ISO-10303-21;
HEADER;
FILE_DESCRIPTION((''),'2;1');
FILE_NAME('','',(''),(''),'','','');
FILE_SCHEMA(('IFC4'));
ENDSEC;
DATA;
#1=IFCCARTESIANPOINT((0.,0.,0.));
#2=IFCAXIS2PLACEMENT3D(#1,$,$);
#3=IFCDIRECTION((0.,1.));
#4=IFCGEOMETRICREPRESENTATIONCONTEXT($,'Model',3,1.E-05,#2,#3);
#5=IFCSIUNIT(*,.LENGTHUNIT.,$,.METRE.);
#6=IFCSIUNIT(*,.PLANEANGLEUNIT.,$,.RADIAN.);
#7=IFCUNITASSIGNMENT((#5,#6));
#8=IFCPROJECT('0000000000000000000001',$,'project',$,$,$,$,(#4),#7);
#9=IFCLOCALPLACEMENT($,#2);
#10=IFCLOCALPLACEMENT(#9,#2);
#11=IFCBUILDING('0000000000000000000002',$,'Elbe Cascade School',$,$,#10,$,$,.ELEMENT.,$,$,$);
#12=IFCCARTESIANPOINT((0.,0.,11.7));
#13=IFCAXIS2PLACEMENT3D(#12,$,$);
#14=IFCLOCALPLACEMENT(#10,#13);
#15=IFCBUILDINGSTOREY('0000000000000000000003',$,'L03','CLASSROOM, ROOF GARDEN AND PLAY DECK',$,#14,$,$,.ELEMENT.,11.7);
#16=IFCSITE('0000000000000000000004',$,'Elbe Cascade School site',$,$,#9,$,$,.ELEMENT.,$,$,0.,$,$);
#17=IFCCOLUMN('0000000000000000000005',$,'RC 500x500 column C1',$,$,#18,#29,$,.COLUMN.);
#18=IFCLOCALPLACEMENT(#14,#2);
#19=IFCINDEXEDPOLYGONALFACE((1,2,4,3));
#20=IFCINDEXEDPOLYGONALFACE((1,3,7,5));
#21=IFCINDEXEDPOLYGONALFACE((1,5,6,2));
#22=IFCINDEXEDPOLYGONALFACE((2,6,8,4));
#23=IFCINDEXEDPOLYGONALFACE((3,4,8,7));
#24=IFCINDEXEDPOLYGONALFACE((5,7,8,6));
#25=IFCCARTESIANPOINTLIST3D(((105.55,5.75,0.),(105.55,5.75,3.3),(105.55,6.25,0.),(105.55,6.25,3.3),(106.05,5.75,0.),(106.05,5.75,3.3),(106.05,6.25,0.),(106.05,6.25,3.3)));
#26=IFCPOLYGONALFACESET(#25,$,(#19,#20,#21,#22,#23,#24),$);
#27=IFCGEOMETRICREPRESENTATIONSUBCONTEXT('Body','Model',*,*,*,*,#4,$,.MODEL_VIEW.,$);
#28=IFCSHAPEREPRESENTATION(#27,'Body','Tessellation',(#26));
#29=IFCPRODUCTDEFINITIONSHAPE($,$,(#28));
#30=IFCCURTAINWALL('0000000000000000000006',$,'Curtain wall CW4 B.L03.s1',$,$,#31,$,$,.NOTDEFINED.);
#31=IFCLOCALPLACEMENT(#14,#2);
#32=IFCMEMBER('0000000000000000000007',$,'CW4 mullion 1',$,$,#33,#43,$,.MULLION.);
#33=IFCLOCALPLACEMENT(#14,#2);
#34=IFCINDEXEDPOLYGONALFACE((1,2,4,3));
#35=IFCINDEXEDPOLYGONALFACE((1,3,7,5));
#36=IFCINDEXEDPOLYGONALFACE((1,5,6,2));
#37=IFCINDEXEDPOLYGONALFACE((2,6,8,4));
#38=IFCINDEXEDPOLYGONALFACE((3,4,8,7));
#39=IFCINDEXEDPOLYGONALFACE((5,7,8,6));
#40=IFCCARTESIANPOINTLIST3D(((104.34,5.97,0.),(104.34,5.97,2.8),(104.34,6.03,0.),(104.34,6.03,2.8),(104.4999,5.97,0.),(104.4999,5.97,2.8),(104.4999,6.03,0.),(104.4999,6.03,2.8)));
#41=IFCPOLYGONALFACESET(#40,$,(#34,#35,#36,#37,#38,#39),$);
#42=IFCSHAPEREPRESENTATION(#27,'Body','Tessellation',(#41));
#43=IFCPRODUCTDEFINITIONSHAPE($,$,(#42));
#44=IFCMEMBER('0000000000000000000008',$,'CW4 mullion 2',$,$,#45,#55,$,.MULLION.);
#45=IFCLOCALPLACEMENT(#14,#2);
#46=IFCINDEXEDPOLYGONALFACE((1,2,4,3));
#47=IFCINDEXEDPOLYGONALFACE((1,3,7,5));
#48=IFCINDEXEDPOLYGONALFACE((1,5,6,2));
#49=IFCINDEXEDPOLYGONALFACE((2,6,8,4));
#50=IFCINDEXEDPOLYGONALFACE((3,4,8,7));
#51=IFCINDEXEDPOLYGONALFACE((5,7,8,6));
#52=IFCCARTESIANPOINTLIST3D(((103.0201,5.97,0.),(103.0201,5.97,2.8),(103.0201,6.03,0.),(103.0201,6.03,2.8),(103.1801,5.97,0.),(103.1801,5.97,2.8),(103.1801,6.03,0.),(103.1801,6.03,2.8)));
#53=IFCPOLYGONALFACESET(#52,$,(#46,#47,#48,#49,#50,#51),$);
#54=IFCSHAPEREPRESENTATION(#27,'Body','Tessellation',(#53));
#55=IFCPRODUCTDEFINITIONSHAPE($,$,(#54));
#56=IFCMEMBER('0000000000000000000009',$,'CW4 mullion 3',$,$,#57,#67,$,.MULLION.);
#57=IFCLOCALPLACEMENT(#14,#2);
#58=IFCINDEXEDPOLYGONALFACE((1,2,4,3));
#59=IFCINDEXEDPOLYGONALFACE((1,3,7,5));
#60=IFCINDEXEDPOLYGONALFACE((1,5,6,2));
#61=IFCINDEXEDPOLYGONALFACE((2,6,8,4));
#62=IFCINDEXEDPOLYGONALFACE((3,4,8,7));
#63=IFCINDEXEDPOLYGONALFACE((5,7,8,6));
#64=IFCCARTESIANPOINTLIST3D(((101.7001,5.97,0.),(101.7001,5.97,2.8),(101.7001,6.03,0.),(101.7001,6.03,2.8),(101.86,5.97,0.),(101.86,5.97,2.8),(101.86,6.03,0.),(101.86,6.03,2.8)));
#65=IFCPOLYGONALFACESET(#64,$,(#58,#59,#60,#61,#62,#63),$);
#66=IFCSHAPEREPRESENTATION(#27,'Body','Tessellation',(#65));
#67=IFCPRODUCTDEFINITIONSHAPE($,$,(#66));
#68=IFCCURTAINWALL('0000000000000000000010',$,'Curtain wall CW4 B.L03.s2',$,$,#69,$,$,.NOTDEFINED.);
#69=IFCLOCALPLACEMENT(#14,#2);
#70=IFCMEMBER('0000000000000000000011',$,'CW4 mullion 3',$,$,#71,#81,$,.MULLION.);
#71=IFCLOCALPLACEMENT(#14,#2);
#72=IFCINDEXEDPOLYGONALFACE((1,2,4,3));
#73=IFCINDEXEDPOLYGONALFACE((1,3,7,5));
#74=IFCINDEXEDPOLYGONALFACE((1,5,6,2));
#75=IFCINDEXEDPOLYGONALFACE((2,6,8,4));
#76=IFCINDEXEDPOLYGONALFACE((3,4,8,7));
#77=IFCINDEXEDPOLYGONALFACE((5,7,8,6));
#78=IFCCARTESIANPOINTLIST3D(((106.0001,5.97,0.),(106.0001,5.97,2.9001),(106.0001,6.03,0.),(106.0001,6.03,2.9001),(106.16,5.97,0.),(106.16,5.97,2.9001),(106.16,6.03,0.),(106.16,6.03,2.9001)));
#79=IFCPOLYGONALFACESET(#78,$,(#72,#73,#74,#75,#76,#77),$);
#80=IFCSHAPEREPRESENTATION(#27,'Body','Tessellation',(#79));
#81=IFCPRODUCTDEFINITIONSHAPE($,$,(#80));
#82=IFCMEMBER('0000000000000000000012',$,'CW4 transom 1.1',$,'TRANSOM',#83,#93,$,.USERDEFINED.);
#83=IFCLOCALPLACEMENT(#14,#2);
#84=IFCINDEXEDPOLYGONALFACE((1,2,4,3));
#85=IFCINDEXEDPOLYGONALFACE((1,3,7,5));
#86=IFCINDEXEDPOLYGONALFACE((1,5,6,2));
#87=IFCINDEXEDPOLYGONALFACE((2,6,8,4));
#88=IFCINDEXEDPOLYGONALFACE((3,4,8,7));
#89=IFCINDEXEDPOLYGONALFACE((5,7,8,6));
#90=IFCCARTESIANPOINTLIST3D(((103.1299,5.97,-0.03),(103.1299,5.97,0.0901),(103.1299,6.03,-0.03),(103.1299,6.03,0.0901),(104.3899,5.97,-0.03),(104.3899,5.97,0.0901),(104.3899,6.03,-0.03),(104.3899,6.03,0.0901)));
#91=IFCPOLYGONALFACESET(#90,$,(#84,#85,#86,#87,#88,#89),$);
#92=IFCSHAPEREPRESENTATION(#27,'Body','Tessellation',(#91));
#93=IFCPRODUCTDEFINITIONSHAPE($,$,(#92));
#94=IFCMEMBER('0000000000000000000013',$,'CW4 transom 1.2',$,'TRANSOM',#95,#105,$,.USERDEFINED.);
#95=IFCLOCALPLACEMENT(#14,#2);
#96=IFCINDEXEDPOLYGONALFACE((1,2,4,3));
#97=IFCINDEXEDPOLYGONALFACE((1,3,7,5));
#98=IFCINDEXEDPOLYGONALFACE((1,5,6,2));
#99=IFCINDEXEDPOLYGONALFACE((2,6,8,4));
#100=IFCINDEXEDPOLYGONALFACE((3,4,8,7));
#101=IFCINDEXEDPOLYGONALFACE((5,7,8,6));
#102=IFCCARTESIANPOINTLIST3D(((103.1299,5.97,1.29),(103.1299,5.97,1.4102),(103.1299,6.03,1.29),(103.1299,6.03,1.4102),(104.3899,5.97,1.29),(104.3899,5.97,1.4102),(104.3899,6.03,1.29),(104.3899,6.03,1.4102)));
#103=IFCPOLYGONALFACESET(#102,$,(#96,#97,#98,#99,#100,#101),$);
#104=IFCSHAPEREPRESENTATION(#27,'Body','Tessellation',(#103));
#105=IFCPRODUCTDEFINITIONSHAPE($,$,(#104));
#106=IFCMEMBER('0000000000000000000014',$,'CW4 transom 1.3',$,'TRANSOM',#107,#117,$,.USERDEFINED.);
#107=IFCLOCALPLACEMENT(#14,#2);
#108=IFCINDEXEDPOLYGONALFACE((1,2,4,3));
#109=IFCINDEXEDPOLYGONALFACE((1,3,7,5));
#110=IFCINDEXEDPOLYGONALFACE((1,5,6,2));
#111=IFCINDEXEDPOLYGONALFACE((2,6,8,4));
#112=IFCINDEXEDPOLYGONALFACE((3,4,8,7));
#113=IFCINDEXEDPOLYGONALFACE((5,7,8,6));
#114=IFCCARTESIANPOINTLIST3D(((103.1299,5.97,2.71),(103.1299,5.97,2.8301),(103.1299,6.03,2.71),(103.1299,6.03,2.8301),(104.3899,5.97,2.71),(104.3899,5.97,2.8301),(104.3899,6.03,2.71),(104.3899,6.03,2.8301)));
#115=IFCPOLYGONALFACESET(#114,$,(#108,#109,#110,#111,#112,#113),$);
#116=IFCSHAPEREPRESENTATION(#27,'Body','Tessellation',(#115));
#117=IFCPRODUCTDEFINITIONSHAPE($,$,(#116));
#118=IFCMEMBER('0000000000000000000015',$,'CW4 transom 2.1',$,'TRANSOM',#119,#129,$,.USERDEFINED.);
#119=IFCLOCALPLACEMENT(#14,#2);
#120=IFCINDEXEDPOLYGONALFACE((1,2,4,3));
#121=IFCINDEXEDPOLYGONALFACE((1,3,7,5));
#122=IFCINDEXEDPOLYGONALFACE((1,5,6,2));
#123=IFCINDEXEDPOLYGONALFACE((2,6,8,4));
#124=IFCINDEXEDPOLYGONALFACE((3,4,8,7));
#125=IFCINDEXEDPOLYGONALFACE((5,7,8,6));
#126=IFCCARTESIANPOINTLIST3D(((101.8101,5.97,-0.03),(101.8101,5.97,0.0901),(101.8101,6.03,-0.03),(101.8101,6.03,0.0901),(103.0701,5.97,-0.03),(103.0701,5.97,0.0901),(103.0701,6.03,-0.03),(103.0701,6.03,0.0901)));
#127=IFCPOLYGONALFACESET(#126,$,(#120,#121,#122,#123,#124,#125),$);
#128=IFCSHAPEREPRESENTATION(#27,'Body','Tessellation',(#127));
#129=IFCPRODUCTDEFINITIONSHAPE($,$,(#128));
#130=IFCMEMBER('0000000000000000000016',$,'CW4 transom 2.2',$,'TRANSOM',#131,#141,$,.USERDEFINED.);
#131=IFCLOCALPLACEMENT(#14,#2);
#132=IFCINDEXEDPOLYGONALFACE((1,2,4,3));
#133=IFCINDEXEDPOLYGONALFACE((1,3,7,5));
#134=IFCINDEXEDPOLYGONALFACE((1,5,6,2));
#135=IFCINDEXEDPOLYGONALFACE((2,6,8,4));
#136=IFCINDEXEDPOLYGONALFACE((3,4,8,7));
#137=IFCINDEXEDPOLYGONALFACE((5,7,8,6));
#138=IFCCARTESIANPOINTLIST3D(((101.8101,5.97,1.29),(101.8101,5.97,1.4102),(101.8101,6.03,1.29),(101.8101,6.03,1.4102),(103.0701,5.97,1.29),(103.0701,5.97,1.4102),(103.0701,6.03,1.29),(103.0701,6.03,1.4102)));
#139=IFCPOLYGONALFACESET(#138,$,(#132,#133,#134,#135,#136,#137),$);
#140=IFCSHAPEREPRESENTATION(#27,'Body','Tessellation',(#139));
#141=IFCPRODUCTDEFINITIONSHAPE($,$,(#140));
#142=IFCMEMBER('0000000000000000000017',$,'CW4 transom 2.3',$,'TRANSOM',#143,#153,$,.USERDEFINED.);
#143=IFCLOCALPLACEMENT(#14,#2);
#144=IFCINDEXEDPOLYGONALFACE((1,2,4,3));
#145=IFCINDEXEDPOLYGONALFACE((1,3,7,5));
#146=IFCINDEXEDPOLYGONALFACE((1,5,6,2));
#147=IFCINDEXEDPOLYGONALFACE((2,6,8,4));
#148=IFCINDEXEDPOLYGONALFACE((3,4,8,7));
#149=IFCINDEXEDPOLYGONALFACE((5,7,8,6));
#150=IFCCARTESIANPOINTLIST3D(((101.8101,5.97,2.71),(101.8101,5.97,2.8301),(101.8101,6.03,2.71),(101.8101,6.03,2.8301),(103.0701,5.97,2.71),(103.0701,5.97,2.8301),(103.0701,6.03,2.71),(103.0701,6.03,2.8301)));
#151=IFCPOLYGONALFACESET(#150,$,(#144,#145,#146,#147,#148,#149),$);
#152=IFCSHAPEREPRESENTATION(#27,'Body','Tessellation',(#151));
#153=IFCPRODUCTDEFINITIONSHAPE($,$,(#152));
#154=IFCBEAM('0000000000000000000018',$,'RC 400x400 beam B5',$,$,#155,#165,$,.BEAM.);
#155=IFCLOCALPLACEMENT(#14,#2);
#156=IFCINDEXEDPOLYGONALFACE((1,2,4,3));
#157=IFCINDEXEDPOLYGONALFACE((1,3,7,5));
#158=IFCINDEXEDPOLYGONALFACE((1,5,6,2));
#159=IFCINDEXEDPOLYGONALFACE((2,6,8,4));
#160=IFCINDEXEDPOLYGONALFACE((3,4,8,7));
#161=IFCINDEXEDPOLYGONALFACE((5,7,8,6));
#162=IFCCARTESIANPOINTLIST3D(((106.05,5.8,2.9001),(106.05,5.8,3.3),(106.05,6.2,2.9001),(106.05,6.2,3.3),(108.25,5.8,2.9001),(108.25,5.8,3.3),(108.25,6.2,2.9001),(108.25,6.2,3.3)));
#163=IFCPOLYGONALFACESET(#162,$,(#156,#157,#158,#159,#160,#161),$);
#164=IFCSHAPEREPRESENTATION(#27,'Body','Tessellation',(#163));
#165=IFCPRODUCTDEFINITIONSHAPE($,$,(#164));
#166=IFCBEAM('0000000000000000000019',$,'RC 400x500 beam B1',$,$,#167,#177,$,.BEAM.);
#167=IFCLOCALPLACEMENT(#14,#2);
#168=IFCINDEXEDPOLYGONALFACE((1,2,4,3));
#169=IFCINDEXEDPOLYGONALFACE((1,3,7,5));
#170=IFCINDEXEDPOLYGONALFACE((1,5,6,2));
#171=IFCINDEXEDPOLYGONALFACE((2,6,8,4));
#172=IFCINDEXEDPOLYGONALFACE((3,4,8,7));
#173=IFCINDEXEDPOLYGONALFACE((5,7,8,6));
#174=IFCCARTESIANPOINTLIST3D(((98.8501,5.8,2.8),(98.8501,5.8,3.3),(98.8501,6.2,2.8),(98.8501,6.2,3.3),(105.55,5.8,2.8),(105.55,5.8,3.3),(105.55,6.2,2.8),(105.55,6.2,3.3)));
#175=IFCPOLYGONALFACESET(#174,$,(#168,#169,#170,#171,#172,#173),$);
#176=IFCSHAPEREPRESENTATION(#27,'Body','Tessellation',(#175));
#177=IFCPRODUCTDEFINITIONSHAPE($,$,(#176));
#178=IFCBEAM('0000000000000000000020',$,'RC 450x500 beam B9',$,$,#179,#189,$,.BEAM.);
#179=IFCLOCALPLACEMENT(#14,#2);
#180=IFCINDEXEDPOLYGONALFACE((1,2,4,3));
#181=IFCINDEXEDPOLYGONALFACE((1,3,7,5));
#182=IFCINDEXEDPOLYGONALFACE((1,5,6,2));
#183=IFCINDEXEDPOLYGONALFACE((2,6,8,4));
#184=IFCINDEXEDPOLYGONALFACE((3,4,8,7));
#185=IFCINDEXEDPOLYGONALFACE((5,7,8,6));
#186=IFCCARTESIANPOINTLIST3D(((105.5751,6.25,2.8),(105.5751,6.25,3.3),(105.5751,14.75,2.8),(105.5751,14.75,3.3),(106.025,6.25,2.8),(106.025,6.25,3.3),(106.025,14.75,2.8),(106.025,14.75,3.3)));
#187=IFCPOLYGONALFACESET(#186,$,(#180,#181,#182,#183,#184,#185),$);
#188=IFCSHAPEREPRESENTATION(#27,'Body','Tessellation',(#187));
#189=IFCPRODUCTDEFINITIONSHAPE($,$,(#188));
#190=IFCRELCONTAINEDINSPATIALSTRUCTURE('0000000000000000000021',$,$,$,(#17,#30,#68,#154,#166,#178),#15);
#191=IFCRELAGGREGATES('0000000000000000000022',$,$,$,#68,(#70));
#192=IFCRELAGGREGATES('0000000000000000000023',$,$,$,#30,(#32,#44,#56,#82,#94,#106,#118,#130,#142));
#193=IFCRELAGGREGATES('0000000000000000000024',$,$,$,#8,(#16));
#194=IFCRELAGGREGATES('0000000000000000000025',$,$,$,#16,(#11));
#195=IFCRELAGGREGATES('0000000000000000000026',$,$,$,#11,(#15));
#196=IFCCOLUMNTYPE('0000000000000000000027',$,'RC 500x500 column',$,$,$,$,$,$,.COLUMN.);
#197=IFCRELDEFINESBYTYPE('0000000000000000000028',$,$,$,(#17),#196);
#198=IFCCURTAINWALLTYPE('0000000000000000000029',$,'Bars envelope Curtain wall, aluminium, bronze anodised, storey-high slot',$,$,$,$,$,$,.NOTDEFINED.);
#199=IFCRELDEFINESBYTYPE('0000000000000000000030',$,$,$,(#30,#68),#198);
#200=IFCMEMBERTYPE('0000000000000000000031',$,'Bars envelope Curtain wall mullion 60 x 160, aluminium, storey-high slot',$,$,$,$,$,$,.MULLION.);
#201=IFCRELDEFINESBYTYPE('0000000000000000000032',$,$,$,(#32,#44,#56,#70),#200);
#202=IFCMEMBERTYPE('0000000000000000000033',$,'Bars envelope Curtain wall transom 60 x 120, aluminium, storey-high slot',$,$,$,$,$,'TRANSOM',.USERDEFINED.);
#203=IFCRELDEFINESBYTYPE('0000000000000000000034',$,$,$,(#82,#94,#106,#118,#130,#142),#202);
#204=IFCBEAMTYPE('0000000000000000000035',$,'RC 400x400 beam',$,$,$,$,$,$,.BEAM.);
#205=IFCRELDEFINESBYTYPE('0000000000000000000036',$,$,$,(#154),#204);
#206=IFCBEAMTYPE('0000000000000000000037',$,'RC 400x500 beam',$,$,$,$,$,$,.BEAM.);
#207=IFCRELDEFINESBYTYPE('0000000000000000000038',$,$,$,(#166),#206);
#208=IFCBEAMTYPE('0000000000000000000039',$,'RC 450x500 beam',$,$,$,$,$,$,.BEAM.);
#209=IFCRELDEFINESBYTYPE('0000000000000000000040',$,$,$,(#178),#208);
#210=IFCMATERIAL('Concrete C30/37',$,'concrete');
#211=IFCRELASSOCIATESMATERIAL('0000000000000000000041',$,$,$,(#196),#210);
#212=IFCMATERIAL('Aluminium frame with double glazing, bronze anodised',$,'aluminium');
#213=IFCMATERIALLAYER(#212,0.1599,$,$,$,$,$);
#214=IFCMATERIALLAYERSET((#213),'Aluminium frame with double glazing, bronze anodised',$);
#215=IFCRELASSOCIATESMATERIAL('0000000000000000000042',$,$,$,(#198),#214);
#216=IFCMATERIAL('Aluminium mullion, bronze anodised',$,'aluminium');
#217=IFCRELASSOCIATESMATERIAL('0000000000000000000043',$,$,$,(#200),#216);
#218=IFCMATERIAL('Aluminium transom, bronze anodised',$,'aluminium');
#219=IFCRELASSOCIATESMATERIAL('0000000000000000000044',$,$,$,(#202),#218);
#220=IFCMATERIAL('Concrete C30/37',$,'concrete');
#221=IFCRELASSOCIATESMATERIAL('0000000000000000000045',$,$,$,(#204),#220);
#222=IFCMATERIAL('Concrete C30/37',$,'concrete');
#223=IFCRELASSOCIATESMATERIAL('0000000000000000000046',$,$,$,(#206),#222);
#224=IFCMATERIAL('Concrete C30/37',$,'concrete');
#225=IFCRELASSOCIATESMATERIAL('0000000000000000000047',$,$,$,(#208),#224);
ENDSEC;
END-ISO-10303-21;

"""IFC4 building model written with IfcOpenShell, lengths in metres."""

from ifc_helpers import new_model, si_unit, direction, frame, origin, origin_2d, place, context, subcontext, project, spatial, rectangle, extrude, material, layer, layer_set, material_profile, profile_set, type_object, element, aggregate, save


model = new_model("IFC4")

# Units and contexts
model_context = context("Model", 3, precision=1e-05, world=origin(), true_north=direction((0.0, 1.0)))
body_context = subcontext(model_context, "Body", "Model", "MODEL_VIEW")
ifc_project = project(units=[si_unit("LENGTHUNIT", "METRE"), si_unit("PLANEANGLEUNIT", "RADIAN")], contexts=[model_context])

# Site, building, storey
site_placement = place(None, origin())
site = spatial("IfcSite", under=ifc_project, at=site_placement, Name="Elbe Cascade School site", CompositionType="ELEMENT", RefElevation=0.0)
building_placement = place(site_placement, origin())
building = spatial("IfcBuilding", under=site, at=building_placement, Name="Elbe Cascade School", CompositionType="ELEMENT")
storey_placement = place(building_placement, frame((0.0, 0.0, 11.7)))
storey = spatial("IfcBuildingStorey", under=building, at=storey_placement, Name="L03", Description="CLASSROOM, ROOF GARDEN AND PLAY DECK", CompositionType="ELEMENT", Elevation=11.7)

# Column
ifc_material_1 = material(Name="Concrete C30/37", Category="concrete")
ifc_material_profile_1 = material_profile(ifc_material_1, rectangle(XDim=0.5, YDim=0.5, at=origin_2d()), Name="RC 500x500")
ifc_profile_set_1 = profile_set([ifc_material_profile_1], Name="Concrete C30/37")
column_type = type_object("IfcColumnType", Name="RC 500x500 column", PredefinedType="COLUMN", material=ifc_profile_set_1)
column_placement = place(storey_placement, frame((105.8, 6.0, 0.0), z_axis=(0.0, 0.0, 1.0), x_axis=(1.0, 0.0, 0.0)))
element("IfcColumn", 1, at=column_placement, inside=storey, type_object=column_type, Name="RC 500x500 column C1", PredefinedType="COLUMN", context=body_context, shape_type="SweptSolid", body=[
    extrude(rectangle(XDim=0.5, YDim=0.5, at=origin_2d()), origin(), (0.0, 0.0, 1.0), 3.3),
])

# Curtain wall, members
ifc_material_2 = material(Name="Aluminium frame with double glazing, bronze anodised", Category="aluminium")
ifc_layer_1 = layer(ifc_material_2, 0.1599)
ifc_layer_set_1 = layer_set([ifc_layer_1], Name="Aluminium frame with double glazing, bronze anodised")
curtain_wall_type = type_object("IfcCurtainWallType", Name="Bars envelope Curtain wall, aluminium, bronze anodised, storey-high slot", PredefinedType="NOTDEFINED", material=ifc_layer_set_1)
curtain_wall_1_placement = place(storey_placement, origin())
curtain_wall_1 = element("IfcCurtainWall", 2, at=curtain_wall_1_placement, inside=storey, type_object=curtain_wall_type, Name="Curtain wall CW4 B.L03.s1", PredefinedType="NOTDEFINED")
ifc_material_3 = material(Name="Aluminium mullion, bronze anodised", Category="aluminium")
ifc_material_profile_2 = material_profile(ifc_material_3, rectangle(XDim=0.0601, YDim=0.1599, at=origin_2d()), Name="Bars envelope Curtain wall mullion 60 x 160, aluminium, storey-high slot")
ifc_profile_set_2 = profile_set([ifc_material_profile_2], Name="Aluminium mullion, bronze anodised")
member_type_1 = type_object("IfcMemberType", Name="Bars envelope Curtain wall mullion 60 x 160, aluminium, storey-high slot", PredefinedType="MULLION", material=ifc_profile_set_2)
member_1_placement = place(storey_placement, frame((104.4199, 6.0, 0.0), z_axis=(0.0, 0.0, 1.0), x_axis=(0.0, -1.0, 0.0)))
member_1 = element("IfcMember", 3, at=member_1_placement, type_object=member_type_1, Name="CW4 mullion 1", PredefinedType="MULLION", context=body_context, shape_type="SweptSolid", body=[
    extrude(rectangle(XDim=0.0601, YDim=0.1599, at=origin_2d()), origin(), (0.0, 0.0, 1.0), 2.8),
])
member_2_placement = place(storey_placement, frame((103.1001, 6.0, 0.0), z_axis=(0.0, 0.0, 1.0), x_axis=(0.0, -1.0, 0.0)))
member_2 = element("IfcMember", 4, at=member_2_placement, type_object=member_type_1, Name="CW4 mullion 2", PredefinedType="MULLION", context=body_context, shape_type="SweptSolid", body=[
    extrude(rectangle(XDim=0.0601, YDim=0.1599, at=origin_2d()), origin(), (0.0, 0.0, 1.0), 2.8),
])
member_3_placement = place(storey_placement, frame((101.78, 6.0, 0.0), z_axis=(0.0, 0.0, 1.0), x_axis=(0.0, -1.0, 0.0)))
member_3 = element("IfcMember", 5, at=member_3_placement, type_object=member_type_1, Name="CW4 mullion 3", PredefinedType="MULLION", context=body_context, shape_type="SweptSolid", body=[
    extrude(rectangle(XDim=0.0601, YDim=0.1599, at=origin_2d()), origin(), (0.0, 0.0, 1.0), 2.8),
])

# Curtain wall, member
curtain_wall_2_placement = place(storey_placement, origin())
curtain_wall_2 = element("IfcCurtainWall", 6, at=curtain_wall_2_placement, inside=storey, type_object=curtain_wall_type, Name="Curtain wall CW4 B.L03.s2", PredefinedType="NOTDEFINED")
member_4_placement = place(storey_placement, frame((106.0801, 6.0, 0.0), z_axis=(0.0, 0.0, 1.0), x_axis=(0.0, -1.0, 0.0)))
member_4 = element("IfcMember", 7, at=member_4_placement, type_object=member_type_1, Name="CW4 mullion 3", PredefinedType="MULLION", context=body_context, shape_type="SweptSolid", body=[
    extrude(rectangle(XDim=0.0601, YDim=0.1599, at=origin_2d()), origin(), (0.0, 0.0, 1.0), 2.9001),
])
aggregate(curtain_wall_2, [member_4])

# Members
ifc_material_4 = material(Name="Aluminium transom, bronze anodised", Category="aluminium")
ifc_material_profile_3 = material_profile(ifc_material_4, rectangle(XDim=0.0601, YDim=0.1201, at=origin_2d()), Name="Bars envelope Curtain wall transom 60 x 120, aluminium, storey-high slot")
ifc_profile_set_3 = profile_set([ifc_material_profile_3], Name="Aluminium transom, bronze anodised")
member_type_2 = type_object("IfcMemberType", Name="Bars envelope Curtain wall transom 60 x 120, aluminium, storey-high slot", ElementType="TRANSOM", PredefinedType="USERDEFINED", material=ifc_profile_set_3)
member_5_placement = place(storey_placement, frame((104.3899, 6.0, 0.03), z_axis=(-1.0, 0.0, 0.0), x_axis=(0.0, -1.0, 0.0)))
member_5 = element("IfcMember", 8, at=member_5_placement, type_object=member_type_2, Name="CW4 transom 1.1", ObjectType="TRANSOM", PredefinedType="USERDEFINED", context=body_context, shape_type="SweptSolid", body=[
    extrude(rectangle(XDim=0.0601, YDim=0.1201, at=origin_2d()), origin(), (0.0, 0.0, 1.0), 1.26),
])
member_6_placement = place(storey_placement, frame((104.3899, 6.0, 1.3501), z_axis=(-1.0, 0.0, 0.0), x_axis=(0.0, -1.0, 0.0)))
member_6 = element("IfcMember", 9, at=member_6_placement, type_object=member_type_2, Name="CW4 transom 1.2", ObjectType="TRANSOM", PredefinedType="USERDEFINED", context=body_context, shape_type="SweptSolid", body=[
    extrude(rectangle(XDim=0.0601, YDim=0.1201, at=origin_2d()), origin(), (0.0, 0.0, 1.0), 1.26),
])
member_7_placement = place(storey_placement, frame((104.3899, 6.0, 2.77), z_axis=(-1.0, 0.0, 0.0), x_axis=(0.0, -1.0, 0.0)))
member_7 = element("IfcMember", 10, at=member_7_placement, type_object=member_type_2, Name="CW4 transom 1.3", ObjectType="TRANSOM", PredefinedType="USERDEFINED", context=body_context, shape_type="SweptSolid", body=[
    extrude(rectangle(XDim=0.0601, YDim=0.1201, at=origin_2d()), origin(), (0.0, 0.0, 1.0), 1.26),
])
member_8_placement = place(storey_placement, frame((103.0701, 6.0, 0.03), z_axis=(-1.0, 0.0, 0.0), x_axis=(0.0, -1.0, 0.0)))
member_8 = element("IfcMember", 11, at=member_8_placement, type_object=member_type_2, Name="CW4 transom 2.1", ObjectType="TRANSOM", PredefinedType="USERDEFINED", context=body_context, shape_type="SweptSolid", body=[
    extrude(rectangle(XDim=0.0601, YDim=0.1201, at=origin_2d()), origin(), (0.0, 0.0, 1.0), 1.26),
])
member_9_placement = place(storey_placement, frame((103.0701, 6.0, 1.3501), z_axis=(-1.0, 0.0, 0.0), x_axis=(0.0, -1.0, 0.0)))
member_9 = element("IfcMember", 12, at=member_9_placement, type_object=member_type_2, Name="CW4 transom 2.2", ObjectType="TRANSOM", PredefinedType="USERDEFINED", context=body_context, shape_type="SweptSolid", body=[
    extrude(rectangle(XDim=0.0601, YDim=0.1201, at=origin_2d()), origin(), (0.0, 0.0, 1.0), 1.26),
])
member_10_placement = place(storey_placement, frame((103.0701, 6.0, 2.77), z_axis=(-1.0, 0.0, 0.0), x_axis=(0.0, -1.0, 0.0)))
member_10 = element("IfcMember", 13, at=member_10_placement, type_object=member_type_2, Name="CW4 transom 2.3", ObjectType="TRANSOM", PredefinedType="USERDEFINED", context=body_context, shape_type="SweptSolid", body=[
    extrude(rectangle(XDim=0.0601, YDim=0.1201, at=origin_2d()), origin(), (0.0, 0.0, 1.0), 1.26),
])

# Beams
ifc_material_5 = material(Name="Concrete C30/37", Category="concrete")
ifc_material_profile_4 = material_profile(ifc_material_5, rectangle(XDim=0.3999, YDim=0.3999, at=origin_2d()), Name="RC 400x400")
ifc_profile_set_4 = profile_set([ifc_material_profile_4], Name="Concrete C30/37")
beam_type_1 = type_object("IfcBeamType", Name="RC 400x400 beam", PredefinedType="BEAM", material=ifc_profile_set_4)
beam_1_placement = place(storey_placement, frame((106.05, 6.0, 3.1001), z_axis=(1.0, 0.0, 0.0), x_axis=(0.0, 1.0, 0.0)))
element("IfcBeam", 14, at=beam_1_placement, inside=storey, type_object=beam_type_1, Name="RC 400x400 beam B5", PredefinedType="BEAM", context=body_context, shape_type="SweptSolid", body=[
    extrude(rectangle(XDim=0.3999, YDim=0.3999, at=origin_2d()), origin(), (0.0, 0.0, 1.0), 2.2),
])
ifc_material_6 = material(Name="Concrete C30/37", Category="concrete")
ifc_material_profile_5 = material_profile(ifc_material_6, rectangle(XDim=0.3999, YDim=0.5, at=origin_2d()), Name="RC 400x500")
ifc_profile_set_5 = profile_set([ifc_material_profile_5], Name="Concrete C30/37")
beam_type_2 = type_object("IfcBeamType", Name="RC 400x500 beam", PredefinedType="BEAM", material=ifc_profile_set_5)
beam_2_placement = place(storey_placement, frame((98.8501, 6.0, 3.05), z_axis=(1.0, 0.0, 0.0), x_axis=(0.0, 1.0, 0.0)))
element("IfcBeam", 15, at=beam_2_placement, inside=storey, type_object=beam_type_2, Name="RC 400x500 beam B1", PredefinedType="BEAM", context=body_context, shape_type="SweptSolid", body=[
    extrude(rectangle(XDim=0.3999, YDim=0.5, at=origin_2d()), origin(), (0.0, 0.0, 1.0), 6.7),
])
ifc_material_7 = material(Name="Concrete C30/37", Category="concrete")
ifc_material_profile_6 = material_profile(ifc_material_7, rectangle(XDim=0.45, YDim=0.5, at=origin_2d()), Name="RC 450x500")
ifc_profile_set_6 = profile_set([ifc_material_profile_6], Name="Concrete C30/37")
beam_type_3 = type_object("IfcBeamType", Name="RC 450x500 beam", PredefinedType="BEAM", material=ifc_profile_set_6)
beam_3_placement = place(storey_placement, frame((105.8, 6.25, 3.05), z_axis=(0.0, 1.0, 0.0), x_axis=(-1.0, 0.0, 0.0)))
element("IfcBeam", 16, at=beam_3_placement, inside=storey, type_object=beam_type_3, Name="RC 450x500 beam B9", PredefinedType="BEAM", context=body_context, shape_type="SweptSolid", body=[
    extrude(rectangle(XDim=0.45, YDim=0.5, at=origin_2d()), origin(), (0.0, 0.0, 1.0), 8.5),
])

aggregate(curtain_wall_1, [member_1, member_2, member_3, member_5, member_6, member_7, member_8, member_9, member_10])

save(model, "model.ifc")
